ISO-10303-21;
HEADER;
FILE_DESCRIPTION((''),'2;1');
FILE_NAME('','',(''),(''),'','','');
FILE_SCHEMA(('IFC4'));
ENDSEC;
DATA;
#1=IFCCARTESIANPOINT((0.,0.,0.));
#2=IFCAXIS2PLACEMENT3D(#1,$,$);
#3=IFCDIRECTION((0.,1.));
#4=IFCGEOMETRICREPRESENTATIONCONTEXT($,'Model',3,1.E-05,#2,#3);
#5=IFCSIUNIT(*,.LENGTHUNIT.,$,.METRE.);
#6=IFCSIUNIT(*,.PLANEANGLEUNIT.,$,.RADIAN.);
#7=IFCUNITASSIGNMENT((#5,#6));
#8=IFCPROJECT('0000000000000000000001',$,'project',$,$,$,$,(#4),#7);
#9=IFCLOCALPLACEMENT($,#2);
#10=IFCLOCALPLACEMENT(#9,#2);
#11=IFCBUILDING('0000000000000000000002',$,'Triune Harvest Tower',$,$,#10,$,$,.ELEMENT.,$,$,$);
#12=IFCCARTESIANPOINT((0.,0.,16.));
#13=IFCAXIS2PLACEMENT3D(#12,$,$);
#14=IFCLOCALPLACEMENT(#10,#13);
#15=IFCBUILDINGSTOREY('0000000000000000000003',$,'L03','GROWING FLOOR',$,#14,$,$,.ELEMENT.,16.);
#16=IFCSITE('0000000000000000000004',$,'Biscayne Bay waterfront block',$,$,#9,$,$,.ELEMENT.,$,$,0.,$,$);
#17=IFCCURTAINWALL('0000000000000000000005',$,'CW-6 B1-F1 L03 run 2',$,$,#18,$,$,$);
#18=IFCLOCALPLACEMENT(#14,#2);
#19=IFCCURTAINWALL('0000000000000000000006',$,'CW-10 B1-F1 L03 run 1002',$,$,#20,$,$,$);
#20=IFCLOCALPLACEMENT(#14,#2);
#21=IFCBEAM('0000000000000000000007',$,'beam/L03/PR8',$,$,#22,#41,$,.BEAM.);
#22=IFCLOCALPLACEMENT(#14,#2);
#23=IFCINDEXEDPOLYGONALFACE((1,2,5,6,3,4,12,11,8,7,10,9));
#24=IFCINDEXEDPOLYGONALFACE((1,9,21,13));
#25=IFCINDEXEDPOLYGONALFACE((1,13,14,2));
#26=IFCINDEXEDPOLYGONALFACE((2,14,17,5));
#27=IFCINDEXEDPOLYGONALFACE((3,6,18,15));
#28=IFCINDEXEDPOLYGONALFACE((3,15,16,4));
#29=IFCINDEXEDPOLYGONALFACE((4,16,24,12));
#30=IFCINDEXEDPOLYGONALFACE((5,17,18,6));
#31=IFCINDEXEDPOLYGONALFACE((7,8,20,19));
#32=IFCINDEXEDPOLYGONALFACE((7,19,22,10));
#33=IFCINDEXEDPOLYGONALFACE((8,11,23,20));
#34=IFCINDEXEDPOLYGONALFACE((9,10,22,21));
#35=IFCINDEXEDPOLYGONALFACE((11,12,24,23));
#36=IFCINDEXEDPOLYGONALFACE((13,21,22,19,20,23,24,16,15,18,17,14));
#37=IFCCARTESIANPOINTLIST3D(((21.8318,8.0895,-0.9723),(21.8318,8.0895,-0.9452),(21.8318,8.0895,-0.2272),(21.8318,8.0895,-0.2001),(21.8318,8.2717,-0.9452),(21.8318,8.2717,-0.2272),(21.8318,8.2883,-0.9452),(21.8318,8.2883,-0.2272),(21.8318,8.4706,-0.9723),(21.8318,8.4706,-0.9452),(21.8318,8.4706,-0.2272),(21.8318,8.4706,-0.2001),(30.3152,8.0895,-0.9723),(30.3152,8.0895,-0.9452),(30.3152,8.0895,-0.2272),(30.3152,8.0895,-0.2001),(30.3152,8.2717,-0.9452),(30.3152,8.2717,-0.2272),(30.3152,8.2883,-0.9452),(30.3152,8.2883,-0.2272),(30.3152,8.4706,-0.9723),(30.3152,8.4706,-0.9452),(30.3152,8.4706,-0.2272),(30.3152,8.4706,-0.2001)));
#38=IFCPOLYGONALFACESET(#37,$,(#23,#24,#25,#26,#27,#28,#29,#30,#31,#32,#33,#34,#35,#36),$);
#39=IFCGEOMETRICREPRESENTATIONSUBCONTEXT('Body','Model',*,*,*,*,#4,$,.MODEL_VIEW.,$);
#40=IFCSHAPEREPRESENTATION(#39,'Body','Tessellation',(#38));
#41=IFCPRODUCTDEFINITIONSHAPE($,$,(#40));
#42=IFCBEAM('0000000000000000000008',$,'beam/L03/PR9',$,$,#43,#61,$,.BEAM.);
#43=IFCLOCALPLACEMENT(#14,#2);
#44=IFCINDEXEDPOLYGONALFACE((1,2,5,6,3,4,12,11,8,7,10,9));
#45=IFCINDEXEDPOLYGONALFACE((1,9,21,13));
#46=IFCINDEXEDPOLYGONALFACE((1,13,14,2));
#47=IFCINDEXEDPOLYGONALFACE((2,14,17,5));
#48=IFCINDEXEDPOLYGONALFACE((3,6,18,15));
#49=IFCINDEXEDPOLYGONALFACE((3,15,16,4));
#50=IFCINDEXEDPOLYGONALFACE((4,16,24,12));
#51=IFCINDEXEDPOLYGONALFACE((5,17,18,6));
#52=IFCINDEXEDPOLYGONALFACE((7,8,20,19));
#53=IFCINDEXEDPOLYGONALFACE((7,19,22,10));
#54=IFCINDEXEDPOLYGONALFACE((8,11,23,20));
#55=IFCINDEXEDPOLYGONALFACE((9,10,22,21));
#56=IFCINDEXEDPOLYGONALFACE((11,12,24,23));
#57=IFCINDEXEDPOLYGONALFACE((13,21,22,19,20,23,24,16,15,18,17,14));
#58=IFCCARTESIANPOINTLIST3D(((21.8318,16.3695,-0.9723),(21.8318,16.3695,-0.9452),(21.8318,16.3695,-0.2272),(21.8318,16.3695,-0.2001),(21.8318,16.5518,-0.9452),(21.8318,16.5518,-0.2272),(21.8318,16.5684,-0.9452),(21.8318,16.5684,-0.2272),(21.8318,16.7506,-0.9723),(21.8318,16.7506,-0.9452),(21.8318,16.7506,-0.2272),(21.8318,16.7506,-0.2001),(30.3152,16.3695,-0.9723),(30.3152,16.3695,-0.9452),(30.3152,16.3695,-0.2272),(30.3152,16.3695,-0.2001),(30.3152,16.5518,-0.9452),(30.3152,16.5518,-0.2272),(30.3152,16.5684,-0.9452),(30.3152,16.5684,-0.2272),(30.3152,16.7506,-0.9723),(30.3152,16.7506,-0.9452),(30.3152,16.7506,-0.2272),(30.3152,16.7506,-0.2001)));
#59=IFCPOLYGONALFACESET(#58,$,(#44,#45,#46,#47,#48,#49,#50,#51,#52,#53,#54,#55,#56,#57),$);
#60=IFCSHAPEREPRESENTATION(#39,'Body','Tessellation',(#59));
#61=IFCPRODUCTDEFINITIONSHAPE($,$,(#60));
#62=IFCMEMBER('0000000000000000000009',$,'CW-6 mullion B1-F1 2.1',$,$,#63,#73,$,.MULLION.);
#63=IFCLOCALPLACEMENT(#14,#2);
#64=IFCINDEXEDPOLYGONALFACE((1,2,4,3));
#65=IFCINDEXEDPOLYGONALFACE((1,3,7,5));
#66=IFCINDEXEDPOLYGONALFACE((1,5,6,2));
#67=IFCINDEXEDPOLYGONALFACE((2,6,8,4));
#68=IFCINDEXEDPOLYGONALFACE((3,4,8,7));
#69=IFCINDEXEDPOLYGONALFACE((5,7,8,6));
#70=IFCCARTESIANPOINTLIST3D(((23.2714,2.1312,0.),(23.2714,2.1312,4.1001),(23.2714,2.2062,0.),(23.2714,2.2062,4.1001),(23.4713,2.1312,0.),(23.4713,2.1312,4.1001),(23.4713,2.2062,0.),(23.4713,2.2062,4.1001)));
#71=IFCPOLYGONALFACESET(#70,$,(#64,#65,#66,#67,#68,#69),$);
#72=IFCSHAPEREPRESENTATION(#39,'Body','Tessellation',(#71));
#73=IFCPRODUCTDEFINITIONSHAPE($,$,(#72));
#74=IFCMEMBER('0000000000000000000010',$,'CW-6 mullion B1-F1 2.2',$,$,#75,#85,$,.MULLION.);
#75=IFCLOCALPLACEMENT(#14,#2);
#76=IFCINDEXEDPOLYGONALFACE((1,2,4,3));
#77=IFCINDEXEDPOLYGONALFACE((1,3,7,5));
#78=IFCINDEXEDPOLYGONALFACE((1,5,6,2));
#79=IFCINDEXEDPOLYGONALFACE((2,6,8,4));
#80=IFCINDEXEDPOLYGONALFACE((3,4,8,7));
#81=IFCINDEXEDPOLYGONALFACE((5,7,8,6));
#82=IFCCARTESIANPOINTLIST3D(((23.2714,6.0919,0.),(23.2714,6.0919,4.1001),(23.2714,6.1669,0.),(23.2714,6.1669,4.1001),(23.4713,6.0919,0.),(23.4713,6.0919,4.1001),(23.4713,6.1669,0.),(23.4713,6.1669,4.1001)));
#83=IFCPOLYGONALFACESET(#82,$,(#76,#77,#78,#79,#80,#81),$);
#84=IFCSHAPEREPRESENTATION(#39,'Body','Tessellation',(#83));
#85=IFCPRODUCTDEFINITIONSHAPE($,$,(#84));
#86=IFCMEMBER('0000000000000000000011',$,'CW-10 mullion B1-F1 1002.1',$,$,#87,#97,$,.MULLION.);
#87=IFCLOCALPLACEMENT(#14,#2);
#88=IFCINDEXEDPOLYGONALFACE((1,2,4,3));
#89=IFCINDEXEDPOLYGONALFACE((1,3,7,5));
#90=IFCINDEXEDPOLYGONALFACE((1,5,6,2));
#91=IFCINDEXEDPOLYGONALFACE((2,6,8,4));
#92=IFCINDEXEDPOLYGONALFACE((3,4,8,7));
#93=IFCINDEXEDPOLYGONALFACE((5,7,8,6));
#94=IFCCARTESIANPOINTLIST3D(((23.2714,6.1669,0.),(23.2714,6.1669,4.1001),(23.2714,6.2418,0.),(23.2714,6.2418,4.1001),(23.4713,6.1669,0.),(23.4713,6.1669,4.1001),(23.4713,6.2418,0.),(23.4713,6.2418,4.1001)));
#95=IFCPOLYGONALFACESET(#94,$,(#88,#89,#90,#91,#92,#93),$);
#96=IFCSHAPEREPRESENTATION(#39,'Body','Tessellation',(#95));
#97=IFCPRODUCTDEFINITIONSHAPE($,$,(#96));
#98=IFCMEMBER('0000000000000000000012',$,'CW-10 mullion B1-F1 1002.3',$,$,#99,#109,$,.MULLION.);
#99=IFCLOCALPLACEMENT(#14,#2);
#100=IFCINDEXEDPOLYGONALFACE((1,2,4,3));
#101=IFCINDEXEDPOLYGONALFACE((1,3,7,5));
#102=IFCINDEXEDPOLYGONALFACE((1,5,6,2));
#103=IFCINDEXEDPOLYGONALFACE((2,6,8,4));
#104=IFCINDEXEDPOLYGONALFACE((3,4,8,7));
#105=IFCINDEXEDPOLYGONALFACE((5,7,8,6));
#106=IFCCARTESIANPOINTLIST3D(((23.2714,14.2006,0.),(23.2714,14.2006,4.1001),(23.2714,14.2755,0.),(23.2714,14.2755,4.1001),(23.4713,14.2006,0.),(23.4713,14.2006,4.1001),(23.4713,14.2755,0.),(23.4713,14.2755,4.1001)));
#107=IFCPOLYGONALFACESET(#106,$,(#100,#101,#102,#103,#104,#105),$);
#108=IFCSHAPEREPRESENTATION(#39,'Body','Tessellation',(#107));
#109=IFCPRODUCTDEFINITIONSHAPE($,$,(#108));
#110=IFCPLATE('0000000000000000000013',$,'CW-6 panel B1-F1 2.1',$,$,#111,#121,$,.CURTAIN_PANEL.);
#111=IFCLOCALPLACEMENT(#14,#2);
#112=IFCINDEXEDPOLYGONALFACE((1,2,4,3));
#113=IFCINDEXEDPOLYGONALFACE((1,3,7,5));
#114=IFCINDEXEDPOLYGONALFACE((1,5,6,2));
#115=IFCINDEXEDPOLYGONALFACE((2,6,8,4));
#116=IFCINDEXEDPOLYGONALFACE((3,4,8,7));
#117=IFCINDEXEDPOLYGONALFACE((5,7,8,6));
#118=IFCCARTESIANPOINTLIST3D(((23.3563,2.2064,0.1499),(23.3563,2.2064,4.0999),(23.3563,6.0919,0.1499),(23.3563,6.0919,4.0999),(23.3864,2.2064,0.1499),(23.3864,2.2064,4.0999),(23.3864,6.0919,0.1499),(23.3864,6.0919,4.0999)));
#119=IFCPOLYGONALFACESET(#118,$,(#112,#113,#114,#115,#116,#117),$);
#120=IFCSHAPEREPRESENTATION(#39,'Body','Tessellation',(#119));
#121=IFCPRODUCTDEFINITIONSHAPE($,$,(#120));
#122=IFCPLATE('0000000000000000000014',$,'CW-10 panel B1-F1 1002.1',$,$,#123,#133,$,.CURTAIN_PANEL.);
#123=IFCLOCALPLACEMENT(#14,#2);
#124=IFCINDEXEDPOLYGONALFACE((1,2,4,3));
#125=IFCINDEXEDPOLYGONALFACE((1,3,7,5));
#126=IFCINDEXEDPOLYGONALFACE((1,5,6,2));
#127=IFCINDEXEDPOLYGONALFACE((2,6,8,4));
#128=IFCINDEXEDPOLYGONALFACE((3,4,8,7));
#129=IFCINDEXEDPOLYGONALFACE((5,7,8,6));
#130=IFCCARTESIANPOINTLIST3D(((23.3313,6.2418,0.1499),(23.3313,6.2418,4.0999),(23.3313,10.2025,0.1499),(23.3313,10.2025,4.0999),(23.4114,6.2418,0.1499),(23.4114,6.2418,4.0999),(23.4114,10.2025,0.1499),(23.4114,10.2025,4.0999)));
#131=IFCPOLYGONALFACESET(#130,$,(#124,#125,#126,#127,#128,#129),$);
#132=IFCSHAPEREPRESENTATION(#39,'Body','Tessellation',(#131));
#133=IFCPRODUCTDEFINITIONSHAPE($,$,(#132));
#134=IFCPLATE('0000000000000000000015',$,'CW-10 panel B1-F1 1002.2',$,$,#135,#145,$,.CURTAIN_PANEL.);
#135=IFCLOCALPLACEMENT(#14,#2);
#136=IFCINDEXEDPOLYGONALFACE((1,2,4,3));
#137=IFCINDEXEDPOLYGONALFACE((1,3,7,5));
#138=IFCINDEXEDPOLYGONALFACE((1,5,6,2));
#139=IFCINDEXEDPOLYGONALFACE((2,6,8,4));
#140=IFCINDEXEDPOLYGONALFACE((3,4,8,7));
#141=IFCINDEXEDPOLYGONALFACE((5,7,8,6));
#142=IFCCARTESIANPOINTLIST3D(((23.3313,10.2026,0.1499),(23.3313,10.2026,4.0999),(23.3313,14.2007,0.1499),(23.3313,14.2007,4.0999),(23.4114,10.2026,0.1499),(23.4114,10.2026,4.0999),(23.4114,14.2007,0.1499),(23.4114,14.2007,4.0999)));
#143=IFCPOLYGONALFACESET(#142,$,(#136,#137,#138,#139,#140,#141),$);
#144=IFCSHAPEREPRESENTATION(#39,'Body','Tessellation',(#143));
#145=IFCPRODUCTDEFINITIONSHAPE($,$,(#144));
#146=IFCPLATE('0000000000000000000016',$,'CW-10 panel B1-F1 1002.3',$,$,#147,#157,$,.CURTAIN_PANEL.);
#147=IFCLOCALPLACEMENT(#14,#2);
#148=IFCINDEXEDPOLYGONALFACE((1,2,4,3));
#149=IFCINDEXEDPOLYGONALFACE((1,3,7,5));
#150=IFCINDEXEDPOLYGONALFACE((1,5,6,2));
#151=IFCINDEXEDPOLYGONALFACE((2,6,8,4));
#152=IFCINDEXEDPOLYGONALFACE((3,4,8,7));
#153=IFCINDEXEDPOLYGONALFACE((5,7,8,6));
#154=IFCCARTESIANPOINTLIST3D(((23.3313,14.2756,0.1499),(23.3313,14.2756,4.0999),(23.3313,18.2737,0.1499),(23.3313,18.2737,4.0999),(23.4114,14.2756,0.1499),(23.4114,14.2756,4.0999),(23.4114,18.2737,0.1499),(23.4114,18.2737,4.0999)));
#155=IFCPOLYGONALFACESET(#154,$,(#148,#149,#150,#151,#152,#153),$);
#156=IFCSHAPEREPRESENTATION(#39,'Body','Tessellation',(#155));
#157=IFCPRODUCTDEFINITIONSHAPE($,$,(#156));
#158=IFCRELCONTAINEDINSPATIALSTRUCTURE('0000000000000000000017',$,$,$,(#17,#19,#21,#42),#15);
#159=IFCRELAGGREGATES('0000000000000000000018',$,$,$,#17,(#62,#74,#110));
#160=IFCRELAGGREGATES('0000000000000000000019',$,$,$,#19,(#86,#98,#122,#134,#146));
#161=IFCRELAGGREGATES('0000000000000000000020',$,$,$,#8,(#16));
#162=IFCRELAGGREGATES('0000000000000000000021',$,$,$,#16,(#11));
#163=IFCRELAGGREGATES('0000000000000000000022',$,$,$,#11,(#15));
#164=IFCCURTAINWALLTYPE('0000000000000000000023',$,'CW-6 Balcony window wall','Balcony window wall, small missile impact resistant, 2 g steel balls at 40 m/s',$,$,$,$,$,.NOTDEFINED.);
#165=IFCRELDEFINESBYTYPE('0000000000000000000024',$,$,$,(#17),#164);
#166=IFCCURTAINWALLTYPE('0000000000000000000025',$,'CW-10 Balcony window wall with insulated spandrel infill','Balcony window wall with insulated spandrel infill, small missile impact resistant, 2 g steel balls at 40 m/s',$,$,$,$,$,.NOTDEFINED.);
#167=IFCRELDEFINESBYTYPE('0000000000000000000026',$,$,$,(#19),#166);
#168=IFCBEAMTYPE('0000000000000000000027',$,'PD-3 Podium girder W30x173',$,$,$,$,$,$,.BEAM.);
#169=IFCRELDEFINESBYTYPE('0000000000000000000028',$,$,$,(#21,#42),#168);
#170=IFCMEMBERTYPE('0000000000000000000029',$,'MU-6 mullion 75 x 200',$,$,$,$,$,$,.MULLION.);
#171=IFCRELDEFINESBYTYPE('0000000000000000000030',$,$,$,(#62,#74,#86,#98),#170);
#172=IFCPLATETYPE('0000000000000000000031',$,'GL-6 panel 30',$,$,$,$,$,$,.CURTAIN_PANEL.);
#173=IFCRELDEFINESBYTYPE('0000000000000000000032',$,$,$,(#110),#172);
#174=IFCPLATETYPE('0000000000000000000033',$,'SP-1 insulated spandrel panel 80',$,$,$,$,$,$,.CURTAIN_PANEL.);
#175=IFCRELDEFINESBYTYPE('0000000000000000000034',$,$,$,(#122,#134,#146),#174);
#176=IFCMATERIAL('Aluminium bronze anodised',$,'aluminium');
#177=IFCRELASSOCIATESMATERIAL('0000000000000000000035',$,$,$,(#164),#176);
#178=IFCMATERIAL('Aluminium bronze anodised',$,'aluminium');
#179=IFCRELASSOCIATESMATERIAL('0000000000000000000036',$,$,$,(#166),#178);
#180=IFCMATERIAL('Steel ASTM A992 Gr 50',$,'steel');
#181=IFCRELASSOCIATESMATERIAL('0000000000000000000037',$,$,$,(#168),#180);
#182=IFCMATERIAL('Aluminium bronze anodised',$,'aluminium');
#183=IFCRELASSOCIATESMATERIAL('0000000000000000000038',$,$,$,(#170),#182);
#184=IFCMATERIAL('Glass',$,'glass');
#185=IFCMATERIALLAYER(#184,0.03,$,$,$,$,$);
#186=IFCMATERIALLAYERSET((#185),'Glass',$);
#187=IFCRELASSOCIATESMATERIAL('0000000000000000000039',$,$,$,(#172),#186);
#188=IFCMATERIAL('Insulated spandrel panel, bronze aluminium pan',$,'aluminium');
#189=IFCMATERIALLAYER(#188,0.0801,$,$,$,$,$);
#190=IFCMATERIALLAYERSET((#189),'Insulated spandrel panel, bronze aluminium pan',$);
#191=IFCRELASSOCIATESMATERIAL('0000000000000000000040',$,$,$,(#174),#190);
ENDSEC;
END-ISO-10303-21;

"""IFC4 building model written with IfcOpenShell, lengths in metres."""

from ifc_helpers import new_model, si_unit, direction, frame, origin, origin_2d, place, context, subcontext, project, spatial, rectangle, i_section, extrude, source, transform, mapped, material, layer, layer_set, material_profile, profile_set, type_object, element, aggregate, save


model = new_model("IFC4")

# Units and contexts
model_context = context("Model", 3, precision=1e-05, world=origin(), true_north=direction((0.0, 1.0)))
body_context = subcontext(model_context, "Body", "Model", "MODEL_VIEW")
ifc_project = project(units=[si_unit("LENGTHUNIT", "METRE"), si_unit("PLANEANGLEUNIT", "RADIAN")], contexts=[model_context])

# Site, building, storey
site_placement = place(None, origin())
site = spatial("IfcSite", under=ifc_project, at=site_placement, Name="Biscayne Bay waterfront block", CompositionType="ELEMENT", RefElevation=0.0)
building_placement = place(site_placement, origin())
building = spatial("IfcBuilding", under=site, at=building_placement, Name="Triune Harvest Tower", CompositionType="ELEMENT")
storey_placement = place(building_placement, frame((0.0, 0.0, 16.0)))
storey = spatial("IfcBuildingStorey", under=building, at=storey_placement, Name="L03", Description="GROWING FLOOR", CompositionType="ELEMENT", Elevation=16.0)

# Curtain wall
ifc_material_1 = material(Name="Aluminium bronze anodised", Category="aluminium")
curtain_wall_type_1 = type_object("IfcCurtainWallType", Name="CW-6 Balcony window wall", Description="Balcony window wall, small missile impact resistant, 2 g steel balls at 40 m/s", PredefinedType="NOTDEFINED", material=ifc_material_1)
curtain_wall_1_placement = place(storey_placement, origin())
curtain_wall_1 = element("IfcCurtainWall", 1, at=curtain_wall_1_placement, inside=storey, type_object=curtain_wall_type_1, Name="CW-6 B1-F1 L03 run 2")

# Curtain wall
ifc_material_2 = material(Name="Aluminium bronze anodised", Category="aluminium")
curtain_wall_type_2 = type_object("IfcCurtainWallType", Name="CW-10 Balcony window wall with insulated spandrel infill", Description="Balcony window wall with insulated spandrel infill, small missile impact resistant, 2 g steel balls at 40 m/s", PredefinedType="NOTDEFINED", material=ifc_material_2)
curtain_wall_2_placement = place(storey_placement, origin())
curtain_wall_2 = element("IfcCurtainWall", 2, at=curtain_wall_2_placement, inside=storey, type_object=curtain_wall_type_2, Name="CW-10 B1-F1 L03 run 1002")

# Beams
ifc_material_3 = material(Name="Steel ASTM A992 Gr 50", Category="steel")
ifc_material_profile_1 = material_profile(ifc_material_3, i_section(OverallWidth=0.3811, OverallDepth=0.7722, WebThickness=0.0166, FlangeThickness=0.0271, at=origin_2d()), Name="W30x173")
ifc_profile_set_1 = profile_set([ifc_material_profile_1], Name="Steel ASTM A992 Gr 50")
beam_type_1 = type_object("IfcBeamType", Name="PD-3 Podium girder W30x173", PredefinedType="BEAM", material=ifc_profile_set_1)
shared_shape_1 = source(origin(), body_context, "Body", "SweptSolid", [
    extrude(i_section(OverallWidth=0.3811, OverallDepth=0.7722, WebThickness=0.0166, FlangeThickness=0.0271, at=origin_2d()), origin(), (0.0, 0.0, 1.0), 8.4834),
])
for number, where, z_axis, x_axis, name in (
    (3, (30.3152, 8.28, -0.5862), (-1.0, 0.0, 0.0), (0.0, -1.0, 0.0), "beam/L03/PR8"),
    (4, (30.3152, 16.5601, -0.5862), (-1.0, 0.0, 0.0), (0.0, -1.0, 0.0), "beam/L03/PR9"),
):
    element("IfcBeam", number, at=place(storey_placement, frame(where, z_axis=z_axis, x_axis=x_axis)), inside=storey, type_object=beam_type_1, Name=name, PredefinedType="BEAM", context=body_context, shape_type="MappedRepresentation", body=[
        mapped(shared_shape_1, transform((0.0, 0.0, 0.0), scale=1.0)),
    ])

# Members
ifc_material_4 = material(Name="Aluminium bronze anodised", Category="aluminium")
ifc_material_profile_2 = material_profile(ifc_material_4, rectangle(XDim=0.2, YDim=0.075, at=origin_2d()), Name="MU-6 mullion 75 x 200")
ifc_profile_set_2 = profile_set([ifc_material_profile_2], Name="Aluminium bronze anodised")
member_type_1 = type_object("IfcMemberType", Name="MU-6 mullion 75 x 200", PredefinedType="MULLION", material=ifc_profile_set_2)
shared_shape_2 = source(origin(), body_context, "Body", "SweptSolid", [
    extrude(rectangle(XDim=0.2, YDim=0.075, at=origin_2d()), origin(), (0.0, 0.0, 1.0), 4.1001),
])
member_1_placement = place(storey_placement, frame((23.3713, 2.1687, 0.0), z_axis=(0.0, 0.0, 1.0), x_axis=(-1.0, 0.0, 0.0)))
member_1 = element("IfcMember", 5, at=member_1_placement, type_object=member_type_1, Name="CW-6 mullion B1-F1 2.1", PredefinedType="MULLION", context=body_context, shape_type="MappedRepresentation", body=[
    mapped(shared_shape_2, transform((0.0, 0.0, 0.0), scale=1.0)),
])
member_2_placement = place(storey_placement, frame((23.3713, 6.1294, 0.0), z_axis=(0.0, 0.0, 1.0), x_axis=(-1.0, 0.0, 0.0)))
member_2 = element("IfcMember", 6, at=member_2_placement, type_object=member_type_1, Name="CW-6 mullion B1-F1 2.2", PredefinedType="MULLION", context=body_context, shape_type="MappedRepresentation", body=[
    mapped(shared_shape_2, transform((0.0, 0.0, 0.0), scale=1.0)),
])
member_3_placement = place(storey_placement, frame((23.3713, 6.2043, 0.0), z_axis=(0.0, 0.0, 1.0), x_axis=(-1.0, 0.0, 0.0)))
member_3 = element("IfcMember", 7, at=member_3_placement, type_object=member_type_1, Name="CW-10 mullion B1-F1 1002.1", PredefinedType="MULLION", context=body_context, shape_type="MappedRepresentation", body=[
    mapped(shared_shape_2, transform((0.0, 0.0, 0.0), scale=1.0)),
])
member_4_placement = place(storey_placement, frame((23.3713, 14.238, 0.0), z_axis=(0.0, 0.0, 1.0), x_axis=(-1.0, 0.0, 0.0)))
member_4 = element("IfcMember", 8, at=member_4_placement, type_object=member_type_1, Name="CW-10 mullion B1-F1 1002.3", PredefinedType="MULLION", context=body_context, shape_type="MappedRepresentation", body=[
    mapped(shared_shape_2, transform((0.0, 0.0, 0.0), scale=1.0)),
])

# Plates
ifc_material_5 = material(Name="Glass", Category="glass")
ifc_layer_1 = layer(ifc_material_5, 0.03)
ifc_layer_set_1 = layer_set([ifc_layer_1], Name="Glass")
plate_type_1 = type_object("IfcPlateType", Name="GL-6 panel 30", PredefinedType="CURTAIN_PANEL", material=ifc_layer_set_1)
plate_1_placement = place(storey_placement, frame((23.3713, 4.1492, 0.1499), z_axis=(0.0, 0.0, 1.0), x_axis=(0.0, 1.0, 0.0)))
plate_1 = element("IfcPlate", 9, at=plate_1_placement, type_object=plate_type_1, Name="CW-6 panel B1-F1 2.1", PredefinedType="CURTAIN_PANEL", context=body_context, shape_type="SweptSolid", body=[
    extrude(rectangle(XDim=3.8855, YDim=0.03, at=origin_2d()), origin(), (0.0, 0.0, 1.0), 3.95),
])
aggregate(curtain_wall_1, [member_1, member_2, plate_1])
ifc_material_6 = material(Name="Insulated spandrel panel, bronze aluminium pan", Category="aluminium")
ifc_layer_2 = layer(ifc_material_6, 0.0801)
ifc_layer_set_2 = layer_set([ifc_layer_2], Name="Insulated spandrel panel, bronze aluminium pan")
plate_type_2 = type_object("IfcPlateType", Name="SP-1 insulated spandrel panel 80", PredefinedType="CURTAIN_PANEL", material=ifc_layer_set_2)
plate_2_placement = place(storey_placement, frame((23.3713, 8.2222, 0.1499), z_axis=(0.0, 0.0, 1.0), x_axis=(0.0, 1.0, 0.0)))
plate_2 = element("IfcPlate", 10, at=plate_2_placement, type_object=plate_type_2, Name="CW-10 panel B1-F1 1002.1", PredefinedType="CURTAIN_PANEL", context=body_context, shape_type="SweptSolid", body=[
    extrude(rectangle(XDim=3.9607, YDim=0.0801, at=origin_2d()), origin(), (0.0, 0.0, 1.0), 3.95),
])
shared_shape_3 = source(origin(), body_context, "Body", "SweptSolid", [
    extrude(rectangle(XDim=3.998, YDim=0.0801, at=origin_2d()), origin(), (0.0, 0.0, 1.0), 3.95),
])
plate_3_placement = place(storey_placement, frame((23.3713, 12.2017, 0.1499), z_axis=(0.0, 0.0, 1.0), x_axis=(0.0, 1.0, 0.0)))
plate_3 = element("IfcPlate", 11, at=plate_3_placement, type_object=plate_type_2, Name="CW-10 panel B1-F1 1002.2", PredefinedType="CURTAIN_PANEL", context=body_context, shape_type="MappedRepresentation", body=[
    mapped(shared_shape_3, transform((0.0, 0.0, 0.0), scale=1.0)),
])
plate_4_placement = place(storey_placement, frame((23.3713, 16.2747, 0.1499), z_axis=(0.0, 0.0, 1.0), x_axis=(0.0, 1.0, 0.0)))
plate_4 = element("IfcPlate", 12, at=plate_4_placement, type_object=plate_type_2, Name="CW-10 panel B1-F1 1002.3", PredefinedType="CURTAIN_PANEL", context=body_context, shape_type="MappedRepresentation", body=[
    mapped(shared_shape_3, transform((0.0, 0.0, 0.0), scale=1.0)),
])
aggregate(curtain_wall_2, [member_3, member_4, plate_2, plate_3, plate_4])

save(model, "model.ifc")
